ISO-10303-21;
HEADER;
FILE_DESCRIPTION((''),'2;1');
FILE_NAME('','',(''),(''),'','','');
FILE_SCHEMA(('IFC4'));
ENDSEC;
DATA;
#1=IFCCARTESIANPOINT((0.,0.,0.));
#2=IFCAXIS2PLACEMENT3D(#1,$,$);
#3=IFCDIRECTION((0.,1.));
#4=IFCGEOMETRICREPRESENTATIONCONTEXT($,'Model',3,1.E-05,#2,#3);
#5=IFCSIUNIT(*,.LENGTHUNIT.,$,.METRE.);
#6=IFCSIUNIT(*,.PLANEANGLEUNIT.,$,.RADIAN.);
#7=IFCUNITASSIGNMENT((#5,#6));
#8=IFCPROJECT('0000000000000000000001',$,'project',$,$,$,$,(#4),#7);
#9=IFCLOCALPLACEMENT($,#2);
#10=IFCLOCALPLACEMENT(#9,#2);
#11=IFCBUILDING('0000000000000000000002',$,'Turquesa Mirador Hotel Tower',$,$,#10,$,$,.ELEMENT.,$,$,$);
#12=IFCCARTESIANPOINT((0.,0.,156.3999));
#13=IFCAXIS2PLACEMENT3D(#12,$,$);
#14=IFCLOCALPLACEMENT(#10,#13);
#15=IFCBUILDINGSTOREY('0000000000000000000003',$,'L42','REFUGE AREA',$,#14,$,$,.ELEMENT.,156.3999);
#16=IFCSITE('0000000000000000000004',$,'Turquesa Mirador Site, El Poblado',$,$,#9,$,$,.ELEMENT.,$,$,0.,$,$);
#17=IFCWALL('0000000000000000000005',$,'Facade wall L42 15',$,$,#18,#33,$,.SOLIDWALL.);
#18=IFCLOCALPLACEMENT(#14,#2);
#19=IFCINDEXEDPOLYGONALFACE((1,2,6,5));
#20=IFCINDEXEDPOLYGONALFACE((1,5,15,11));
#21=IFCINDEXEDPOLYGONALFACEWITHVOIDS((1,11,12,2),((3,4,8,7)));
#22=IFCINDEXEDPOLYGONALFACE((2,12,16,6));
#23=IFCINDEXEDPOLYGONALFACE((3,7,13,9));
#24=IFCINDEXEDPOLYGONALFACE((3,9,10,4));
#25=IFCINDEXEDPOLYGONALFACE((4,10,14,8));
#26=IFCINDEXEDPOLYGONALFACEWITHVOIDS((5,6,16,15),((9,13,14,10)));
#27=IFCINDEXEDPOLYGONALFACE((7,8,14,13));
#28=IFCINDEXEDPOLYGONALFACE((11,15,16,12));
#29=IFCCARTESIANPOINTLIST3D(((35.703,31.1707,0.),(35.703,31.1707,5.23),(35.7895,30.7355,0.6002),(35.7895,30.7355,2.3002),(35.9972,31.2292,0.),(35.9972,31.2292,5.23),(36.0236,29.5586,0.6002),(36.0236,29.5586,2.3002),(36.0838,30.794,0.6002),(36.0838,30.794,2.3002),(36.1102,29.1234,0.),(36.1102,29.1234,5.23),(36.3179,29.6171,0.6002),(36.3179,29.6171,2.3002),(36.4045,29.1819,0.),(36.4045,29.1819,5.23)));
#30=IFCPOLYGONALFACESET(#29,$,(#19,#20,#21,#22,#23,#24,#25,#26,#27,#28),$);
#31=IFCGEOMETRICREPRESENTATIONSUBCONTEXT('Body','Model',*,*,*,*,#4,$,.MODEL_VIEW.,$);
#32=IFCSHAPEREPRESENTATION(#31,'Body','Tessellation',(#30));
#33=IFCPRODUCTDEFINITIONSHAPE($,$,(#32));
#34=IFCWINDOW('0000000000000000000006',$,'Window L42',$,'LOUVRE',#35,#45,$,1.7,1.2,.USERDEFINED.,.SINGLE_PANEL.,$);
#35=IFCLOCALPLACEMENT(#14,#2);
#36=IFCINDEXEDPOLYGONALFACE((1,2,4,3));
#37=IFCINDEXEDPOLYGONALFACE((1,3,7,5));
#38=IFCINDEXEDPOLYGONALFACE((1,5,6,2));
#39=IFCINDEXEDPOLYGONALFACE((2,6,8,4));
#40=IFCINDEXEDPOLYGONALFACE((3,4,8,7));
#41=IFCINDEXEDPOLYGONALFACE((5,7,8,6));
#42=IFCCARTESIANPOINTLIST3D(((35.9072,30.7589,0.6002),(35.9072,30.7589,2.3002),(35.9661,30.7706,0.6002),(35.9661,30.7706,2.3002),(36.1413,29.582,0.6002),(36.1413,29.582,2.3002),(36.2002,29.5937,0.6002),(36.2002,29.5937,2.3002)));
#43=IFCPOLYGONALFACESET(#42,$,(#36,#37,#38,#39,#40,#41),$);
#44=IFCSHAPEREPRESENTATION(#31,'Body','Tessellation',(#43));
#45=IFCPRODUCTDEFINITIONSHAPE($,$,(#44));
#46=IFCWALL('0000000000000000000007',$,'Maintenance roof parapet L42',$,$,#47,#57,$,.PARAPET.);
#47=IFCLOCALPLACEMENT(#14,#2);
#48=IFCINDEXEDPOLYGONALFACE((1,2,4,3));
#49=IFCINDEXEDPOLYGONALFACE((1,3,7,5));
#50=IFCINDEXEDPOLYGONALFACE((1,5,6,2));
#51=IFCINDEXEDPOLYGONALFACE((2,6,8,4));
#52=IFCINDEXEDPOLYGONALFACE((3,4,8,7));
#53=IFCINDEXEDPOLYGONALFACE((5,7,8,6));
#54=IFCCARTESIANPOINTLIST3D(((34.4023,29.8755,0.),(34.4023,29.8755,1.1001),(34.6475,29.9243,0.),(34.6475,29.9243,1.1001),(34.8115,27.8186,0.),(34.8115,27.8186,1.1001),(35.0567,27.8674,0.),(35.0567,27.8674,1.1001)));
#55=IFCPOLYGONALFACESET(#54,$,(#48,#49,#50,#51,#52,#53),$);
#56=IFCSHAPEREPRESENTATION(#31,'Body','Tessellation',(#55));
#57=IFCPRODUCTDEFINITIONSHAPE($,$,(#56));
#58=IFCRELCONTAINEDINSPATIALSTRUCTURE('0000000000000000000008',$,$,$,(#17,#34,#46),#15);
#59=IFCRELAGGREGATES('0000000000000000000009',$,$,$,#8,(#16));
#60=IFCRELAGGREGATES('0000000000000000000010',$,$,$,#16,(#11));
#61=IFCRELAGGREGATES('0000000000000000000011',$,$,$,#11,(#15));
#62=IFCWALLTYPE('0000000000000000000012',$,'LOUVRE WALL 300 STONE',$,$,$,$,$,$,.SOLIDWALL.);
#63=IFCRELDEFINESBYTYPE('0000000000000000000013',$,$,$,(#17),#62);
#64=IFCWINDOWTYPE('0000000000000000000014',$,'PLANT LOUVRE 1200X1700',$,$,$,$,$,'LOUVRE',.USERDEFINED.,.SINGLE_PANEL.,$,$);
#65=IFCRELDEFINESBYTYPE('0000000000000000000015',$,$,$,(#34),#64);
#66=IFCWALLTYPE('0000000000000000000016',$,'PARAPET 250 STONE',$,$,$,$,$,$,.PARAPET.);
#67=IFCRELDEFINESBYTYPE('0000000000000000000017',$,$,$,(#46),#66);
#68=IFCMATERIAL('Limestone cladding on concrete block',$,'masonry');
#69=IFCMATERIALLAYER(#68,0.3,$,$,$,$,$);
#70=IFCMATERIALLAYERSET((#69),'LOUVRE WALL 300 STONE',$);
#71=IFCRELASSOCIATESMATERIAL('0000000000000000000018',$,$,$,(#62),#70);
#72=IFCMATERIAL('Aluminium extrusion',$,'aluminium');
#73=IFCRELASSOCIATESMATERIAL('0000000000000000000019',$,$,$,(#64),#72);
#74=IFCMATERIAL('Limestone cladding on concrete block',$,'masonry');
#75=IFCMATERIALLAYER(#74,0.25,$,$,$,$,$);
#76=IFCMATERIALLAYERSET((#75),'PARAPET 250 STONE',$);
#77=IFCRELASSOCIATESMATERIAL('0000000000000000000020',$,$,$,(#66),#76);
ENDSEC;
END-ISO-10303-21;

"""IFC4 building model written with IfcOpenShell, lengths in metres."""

from ifc_helpers import new_model, si_unit, direction, frame, frame_2d, origin, place, context, subcontext, project, spatial, rectangle, extrude, material, layer, layer_set, type_object, element, fill, save


model = new_model("IFC4")

# Units and contexts
model_context = context("Model", 3, precision=1e-05, world=origin(), true_north=direction((0.0, 1.0)))
body_context = subcontext(model_context, "Body", "Model", "MODEL_VIEW")
ifc_project = project(units=[si_unit("LENGTHUNIT", "METRE"), si_unit("PLANEANGLEUNIT", "RADIAN")], contexts=[model_context])

# Site, building, storey
site_placement = place(None, origin())
site = spatial("IfcSite", under=ifc_project, at=site_placement, Name="Turquesa Mirador Site, El Poblado", CompositionType="ELEMENT", RefElevation=0.0)
building_placement = place(site_placement, origin())
building = spatial("IfcBuilding", under=site, at=building_placement, Name="Turquesa Mirador Hotel Tower", CompositionType="ELEMENT")
storey_placement = place(building_placement, frame((0.0, 0.0, 156.3999)))
storey = spatial("IfcBuildingStorey", under=building, at=storey_placement, Name="L42", Description="REFUGE AREA", CompositionType="ELEMENT", Elevation=156.3999)

# Wall, opening, window
ifc_material_1 = material(Name="Limestone cladding on concrete block", Category="masonry")
ifc_layer_1 = layer(ifc_material_1, 0.3)
ifc_layer_set_1 = layer_set([ifc_layer_1], Name="LOUVRE WALL 300 STONE")
wall_type_1 = type_object("IfcWallType", Name="LOUVRE WALL 300 STONE", PredefinedType="SOLIDWALL", material=ifc_layer_set_1)
wall_1_placement = place(storey_placement, frame((35.8501, 31.2, 0.0), z_axis=(0.0, 0.0, 1.0), x_axis=(0.195081, -0.980787, 0.0)))
wall_1 = element("IfcWall", 1, at=wall_1_placement, inside=storey, type_object=wall_type_1, Name="Facade wall L42 15", PredefinedType="SOLIDWALL", context=body_context, shape_type="SweptSolid", body=[
    extrude(rectangle(XDim=2.0874, YDim=0.3, at=frame_2d((1.0437, 0.0))), origin(), (0.0, 0.0, 1.0), 5.23),
])
opening_placement = place(wall_1_placement, frame((0.4436, 0.0, 0.6001)))
opening = element("IfcOpeningElement", 2, at=opening_placement, cuts=wall_1, PredefinedType="OPENING", context=body_context, shape_type="SweptSolid", body=[
    extrude(rectangle(XDim=1.2, YDim=1.7, at=frame_2d((0.6001, 0.8501))), frame((0.0, 0.1599, 0.0), z_axis=(0.0, -1.0, 0.0), x_axis=(1.0, 0.0, 0.0)), (0.0, 0.0, 1.0), 0.3201),
])
ifc_material_2 = material(Name="Aluminium extrusion", Category="aluminium")
window_type = type_object("IfcWindowType", Name="PLANT LOUVRE 1200X1700", ElementType="LOUVRE", PartitioningType="SINGLE_PANEL", PredefinedType="USERDEFINED", material=ifc_material_2)
window_placement = place(opening_placement, origin())
window = element("IfcWindow", 3, at=window_placement, inside=storey, type_object=window_type, Name="Window L42", ObjectType="LOUVRE", OverallHeight=1.7, OverallWidth=1.2, PartitioningType="SINGLE_PANEL", PredefinedType="USERDEFINED", context=body_context, shape_type="SweptSolid", body=[
    extrude(rectangle(XDim=1.2, YDim=1.7, at=frame_2d((0.6001, 0.8501))), frame((0.0, 0.03, 0.0), z_axis=(0.0, -1.0, 0.0), x_axis=(1.0, 0.0, 0.0)), (0.0, 0.0, 1.0), 0.0601),
])
fill(opening, window)

# Wall
ifc_material_3 = material(Name="Limestone cladding on concrete block", Category="masonry")
ifc_layer_2 = layer(ifc_material_3, 0.25)
ifc_layer_set_2 = layer_set([ifc_layer_2], Name="PARAPET 250 STONE")
wall_type_2 = type_object("IfcWallType", Name="PARAPET 250 STONE", PredefinedType="PARAPET", material=ifc_layer_set_2)
wall_2_placement = place(storey_placement, frame((34.5249, 29.8999, 0.0), z_axis=(0.0, 0.0, 1.0), x_axis=(0.195109, -0.980782, 0.0)))
element("IfcWall", 4, at=wall_2_placement, inside=storey, type_object=wall_type_2, Name="Maintenance roof parapet L42", PredefinedType="PARAPET", context=body_context, shape_type="SweptSolid", body=[
    extrude(rectangle(XDim=2.0972, YDim=0.25, at=frame_2d((1.0486, 0.0))), origin(), (0.0, 0.0, 1.0), 1.1001),
])

save(model, "model.ifc")
